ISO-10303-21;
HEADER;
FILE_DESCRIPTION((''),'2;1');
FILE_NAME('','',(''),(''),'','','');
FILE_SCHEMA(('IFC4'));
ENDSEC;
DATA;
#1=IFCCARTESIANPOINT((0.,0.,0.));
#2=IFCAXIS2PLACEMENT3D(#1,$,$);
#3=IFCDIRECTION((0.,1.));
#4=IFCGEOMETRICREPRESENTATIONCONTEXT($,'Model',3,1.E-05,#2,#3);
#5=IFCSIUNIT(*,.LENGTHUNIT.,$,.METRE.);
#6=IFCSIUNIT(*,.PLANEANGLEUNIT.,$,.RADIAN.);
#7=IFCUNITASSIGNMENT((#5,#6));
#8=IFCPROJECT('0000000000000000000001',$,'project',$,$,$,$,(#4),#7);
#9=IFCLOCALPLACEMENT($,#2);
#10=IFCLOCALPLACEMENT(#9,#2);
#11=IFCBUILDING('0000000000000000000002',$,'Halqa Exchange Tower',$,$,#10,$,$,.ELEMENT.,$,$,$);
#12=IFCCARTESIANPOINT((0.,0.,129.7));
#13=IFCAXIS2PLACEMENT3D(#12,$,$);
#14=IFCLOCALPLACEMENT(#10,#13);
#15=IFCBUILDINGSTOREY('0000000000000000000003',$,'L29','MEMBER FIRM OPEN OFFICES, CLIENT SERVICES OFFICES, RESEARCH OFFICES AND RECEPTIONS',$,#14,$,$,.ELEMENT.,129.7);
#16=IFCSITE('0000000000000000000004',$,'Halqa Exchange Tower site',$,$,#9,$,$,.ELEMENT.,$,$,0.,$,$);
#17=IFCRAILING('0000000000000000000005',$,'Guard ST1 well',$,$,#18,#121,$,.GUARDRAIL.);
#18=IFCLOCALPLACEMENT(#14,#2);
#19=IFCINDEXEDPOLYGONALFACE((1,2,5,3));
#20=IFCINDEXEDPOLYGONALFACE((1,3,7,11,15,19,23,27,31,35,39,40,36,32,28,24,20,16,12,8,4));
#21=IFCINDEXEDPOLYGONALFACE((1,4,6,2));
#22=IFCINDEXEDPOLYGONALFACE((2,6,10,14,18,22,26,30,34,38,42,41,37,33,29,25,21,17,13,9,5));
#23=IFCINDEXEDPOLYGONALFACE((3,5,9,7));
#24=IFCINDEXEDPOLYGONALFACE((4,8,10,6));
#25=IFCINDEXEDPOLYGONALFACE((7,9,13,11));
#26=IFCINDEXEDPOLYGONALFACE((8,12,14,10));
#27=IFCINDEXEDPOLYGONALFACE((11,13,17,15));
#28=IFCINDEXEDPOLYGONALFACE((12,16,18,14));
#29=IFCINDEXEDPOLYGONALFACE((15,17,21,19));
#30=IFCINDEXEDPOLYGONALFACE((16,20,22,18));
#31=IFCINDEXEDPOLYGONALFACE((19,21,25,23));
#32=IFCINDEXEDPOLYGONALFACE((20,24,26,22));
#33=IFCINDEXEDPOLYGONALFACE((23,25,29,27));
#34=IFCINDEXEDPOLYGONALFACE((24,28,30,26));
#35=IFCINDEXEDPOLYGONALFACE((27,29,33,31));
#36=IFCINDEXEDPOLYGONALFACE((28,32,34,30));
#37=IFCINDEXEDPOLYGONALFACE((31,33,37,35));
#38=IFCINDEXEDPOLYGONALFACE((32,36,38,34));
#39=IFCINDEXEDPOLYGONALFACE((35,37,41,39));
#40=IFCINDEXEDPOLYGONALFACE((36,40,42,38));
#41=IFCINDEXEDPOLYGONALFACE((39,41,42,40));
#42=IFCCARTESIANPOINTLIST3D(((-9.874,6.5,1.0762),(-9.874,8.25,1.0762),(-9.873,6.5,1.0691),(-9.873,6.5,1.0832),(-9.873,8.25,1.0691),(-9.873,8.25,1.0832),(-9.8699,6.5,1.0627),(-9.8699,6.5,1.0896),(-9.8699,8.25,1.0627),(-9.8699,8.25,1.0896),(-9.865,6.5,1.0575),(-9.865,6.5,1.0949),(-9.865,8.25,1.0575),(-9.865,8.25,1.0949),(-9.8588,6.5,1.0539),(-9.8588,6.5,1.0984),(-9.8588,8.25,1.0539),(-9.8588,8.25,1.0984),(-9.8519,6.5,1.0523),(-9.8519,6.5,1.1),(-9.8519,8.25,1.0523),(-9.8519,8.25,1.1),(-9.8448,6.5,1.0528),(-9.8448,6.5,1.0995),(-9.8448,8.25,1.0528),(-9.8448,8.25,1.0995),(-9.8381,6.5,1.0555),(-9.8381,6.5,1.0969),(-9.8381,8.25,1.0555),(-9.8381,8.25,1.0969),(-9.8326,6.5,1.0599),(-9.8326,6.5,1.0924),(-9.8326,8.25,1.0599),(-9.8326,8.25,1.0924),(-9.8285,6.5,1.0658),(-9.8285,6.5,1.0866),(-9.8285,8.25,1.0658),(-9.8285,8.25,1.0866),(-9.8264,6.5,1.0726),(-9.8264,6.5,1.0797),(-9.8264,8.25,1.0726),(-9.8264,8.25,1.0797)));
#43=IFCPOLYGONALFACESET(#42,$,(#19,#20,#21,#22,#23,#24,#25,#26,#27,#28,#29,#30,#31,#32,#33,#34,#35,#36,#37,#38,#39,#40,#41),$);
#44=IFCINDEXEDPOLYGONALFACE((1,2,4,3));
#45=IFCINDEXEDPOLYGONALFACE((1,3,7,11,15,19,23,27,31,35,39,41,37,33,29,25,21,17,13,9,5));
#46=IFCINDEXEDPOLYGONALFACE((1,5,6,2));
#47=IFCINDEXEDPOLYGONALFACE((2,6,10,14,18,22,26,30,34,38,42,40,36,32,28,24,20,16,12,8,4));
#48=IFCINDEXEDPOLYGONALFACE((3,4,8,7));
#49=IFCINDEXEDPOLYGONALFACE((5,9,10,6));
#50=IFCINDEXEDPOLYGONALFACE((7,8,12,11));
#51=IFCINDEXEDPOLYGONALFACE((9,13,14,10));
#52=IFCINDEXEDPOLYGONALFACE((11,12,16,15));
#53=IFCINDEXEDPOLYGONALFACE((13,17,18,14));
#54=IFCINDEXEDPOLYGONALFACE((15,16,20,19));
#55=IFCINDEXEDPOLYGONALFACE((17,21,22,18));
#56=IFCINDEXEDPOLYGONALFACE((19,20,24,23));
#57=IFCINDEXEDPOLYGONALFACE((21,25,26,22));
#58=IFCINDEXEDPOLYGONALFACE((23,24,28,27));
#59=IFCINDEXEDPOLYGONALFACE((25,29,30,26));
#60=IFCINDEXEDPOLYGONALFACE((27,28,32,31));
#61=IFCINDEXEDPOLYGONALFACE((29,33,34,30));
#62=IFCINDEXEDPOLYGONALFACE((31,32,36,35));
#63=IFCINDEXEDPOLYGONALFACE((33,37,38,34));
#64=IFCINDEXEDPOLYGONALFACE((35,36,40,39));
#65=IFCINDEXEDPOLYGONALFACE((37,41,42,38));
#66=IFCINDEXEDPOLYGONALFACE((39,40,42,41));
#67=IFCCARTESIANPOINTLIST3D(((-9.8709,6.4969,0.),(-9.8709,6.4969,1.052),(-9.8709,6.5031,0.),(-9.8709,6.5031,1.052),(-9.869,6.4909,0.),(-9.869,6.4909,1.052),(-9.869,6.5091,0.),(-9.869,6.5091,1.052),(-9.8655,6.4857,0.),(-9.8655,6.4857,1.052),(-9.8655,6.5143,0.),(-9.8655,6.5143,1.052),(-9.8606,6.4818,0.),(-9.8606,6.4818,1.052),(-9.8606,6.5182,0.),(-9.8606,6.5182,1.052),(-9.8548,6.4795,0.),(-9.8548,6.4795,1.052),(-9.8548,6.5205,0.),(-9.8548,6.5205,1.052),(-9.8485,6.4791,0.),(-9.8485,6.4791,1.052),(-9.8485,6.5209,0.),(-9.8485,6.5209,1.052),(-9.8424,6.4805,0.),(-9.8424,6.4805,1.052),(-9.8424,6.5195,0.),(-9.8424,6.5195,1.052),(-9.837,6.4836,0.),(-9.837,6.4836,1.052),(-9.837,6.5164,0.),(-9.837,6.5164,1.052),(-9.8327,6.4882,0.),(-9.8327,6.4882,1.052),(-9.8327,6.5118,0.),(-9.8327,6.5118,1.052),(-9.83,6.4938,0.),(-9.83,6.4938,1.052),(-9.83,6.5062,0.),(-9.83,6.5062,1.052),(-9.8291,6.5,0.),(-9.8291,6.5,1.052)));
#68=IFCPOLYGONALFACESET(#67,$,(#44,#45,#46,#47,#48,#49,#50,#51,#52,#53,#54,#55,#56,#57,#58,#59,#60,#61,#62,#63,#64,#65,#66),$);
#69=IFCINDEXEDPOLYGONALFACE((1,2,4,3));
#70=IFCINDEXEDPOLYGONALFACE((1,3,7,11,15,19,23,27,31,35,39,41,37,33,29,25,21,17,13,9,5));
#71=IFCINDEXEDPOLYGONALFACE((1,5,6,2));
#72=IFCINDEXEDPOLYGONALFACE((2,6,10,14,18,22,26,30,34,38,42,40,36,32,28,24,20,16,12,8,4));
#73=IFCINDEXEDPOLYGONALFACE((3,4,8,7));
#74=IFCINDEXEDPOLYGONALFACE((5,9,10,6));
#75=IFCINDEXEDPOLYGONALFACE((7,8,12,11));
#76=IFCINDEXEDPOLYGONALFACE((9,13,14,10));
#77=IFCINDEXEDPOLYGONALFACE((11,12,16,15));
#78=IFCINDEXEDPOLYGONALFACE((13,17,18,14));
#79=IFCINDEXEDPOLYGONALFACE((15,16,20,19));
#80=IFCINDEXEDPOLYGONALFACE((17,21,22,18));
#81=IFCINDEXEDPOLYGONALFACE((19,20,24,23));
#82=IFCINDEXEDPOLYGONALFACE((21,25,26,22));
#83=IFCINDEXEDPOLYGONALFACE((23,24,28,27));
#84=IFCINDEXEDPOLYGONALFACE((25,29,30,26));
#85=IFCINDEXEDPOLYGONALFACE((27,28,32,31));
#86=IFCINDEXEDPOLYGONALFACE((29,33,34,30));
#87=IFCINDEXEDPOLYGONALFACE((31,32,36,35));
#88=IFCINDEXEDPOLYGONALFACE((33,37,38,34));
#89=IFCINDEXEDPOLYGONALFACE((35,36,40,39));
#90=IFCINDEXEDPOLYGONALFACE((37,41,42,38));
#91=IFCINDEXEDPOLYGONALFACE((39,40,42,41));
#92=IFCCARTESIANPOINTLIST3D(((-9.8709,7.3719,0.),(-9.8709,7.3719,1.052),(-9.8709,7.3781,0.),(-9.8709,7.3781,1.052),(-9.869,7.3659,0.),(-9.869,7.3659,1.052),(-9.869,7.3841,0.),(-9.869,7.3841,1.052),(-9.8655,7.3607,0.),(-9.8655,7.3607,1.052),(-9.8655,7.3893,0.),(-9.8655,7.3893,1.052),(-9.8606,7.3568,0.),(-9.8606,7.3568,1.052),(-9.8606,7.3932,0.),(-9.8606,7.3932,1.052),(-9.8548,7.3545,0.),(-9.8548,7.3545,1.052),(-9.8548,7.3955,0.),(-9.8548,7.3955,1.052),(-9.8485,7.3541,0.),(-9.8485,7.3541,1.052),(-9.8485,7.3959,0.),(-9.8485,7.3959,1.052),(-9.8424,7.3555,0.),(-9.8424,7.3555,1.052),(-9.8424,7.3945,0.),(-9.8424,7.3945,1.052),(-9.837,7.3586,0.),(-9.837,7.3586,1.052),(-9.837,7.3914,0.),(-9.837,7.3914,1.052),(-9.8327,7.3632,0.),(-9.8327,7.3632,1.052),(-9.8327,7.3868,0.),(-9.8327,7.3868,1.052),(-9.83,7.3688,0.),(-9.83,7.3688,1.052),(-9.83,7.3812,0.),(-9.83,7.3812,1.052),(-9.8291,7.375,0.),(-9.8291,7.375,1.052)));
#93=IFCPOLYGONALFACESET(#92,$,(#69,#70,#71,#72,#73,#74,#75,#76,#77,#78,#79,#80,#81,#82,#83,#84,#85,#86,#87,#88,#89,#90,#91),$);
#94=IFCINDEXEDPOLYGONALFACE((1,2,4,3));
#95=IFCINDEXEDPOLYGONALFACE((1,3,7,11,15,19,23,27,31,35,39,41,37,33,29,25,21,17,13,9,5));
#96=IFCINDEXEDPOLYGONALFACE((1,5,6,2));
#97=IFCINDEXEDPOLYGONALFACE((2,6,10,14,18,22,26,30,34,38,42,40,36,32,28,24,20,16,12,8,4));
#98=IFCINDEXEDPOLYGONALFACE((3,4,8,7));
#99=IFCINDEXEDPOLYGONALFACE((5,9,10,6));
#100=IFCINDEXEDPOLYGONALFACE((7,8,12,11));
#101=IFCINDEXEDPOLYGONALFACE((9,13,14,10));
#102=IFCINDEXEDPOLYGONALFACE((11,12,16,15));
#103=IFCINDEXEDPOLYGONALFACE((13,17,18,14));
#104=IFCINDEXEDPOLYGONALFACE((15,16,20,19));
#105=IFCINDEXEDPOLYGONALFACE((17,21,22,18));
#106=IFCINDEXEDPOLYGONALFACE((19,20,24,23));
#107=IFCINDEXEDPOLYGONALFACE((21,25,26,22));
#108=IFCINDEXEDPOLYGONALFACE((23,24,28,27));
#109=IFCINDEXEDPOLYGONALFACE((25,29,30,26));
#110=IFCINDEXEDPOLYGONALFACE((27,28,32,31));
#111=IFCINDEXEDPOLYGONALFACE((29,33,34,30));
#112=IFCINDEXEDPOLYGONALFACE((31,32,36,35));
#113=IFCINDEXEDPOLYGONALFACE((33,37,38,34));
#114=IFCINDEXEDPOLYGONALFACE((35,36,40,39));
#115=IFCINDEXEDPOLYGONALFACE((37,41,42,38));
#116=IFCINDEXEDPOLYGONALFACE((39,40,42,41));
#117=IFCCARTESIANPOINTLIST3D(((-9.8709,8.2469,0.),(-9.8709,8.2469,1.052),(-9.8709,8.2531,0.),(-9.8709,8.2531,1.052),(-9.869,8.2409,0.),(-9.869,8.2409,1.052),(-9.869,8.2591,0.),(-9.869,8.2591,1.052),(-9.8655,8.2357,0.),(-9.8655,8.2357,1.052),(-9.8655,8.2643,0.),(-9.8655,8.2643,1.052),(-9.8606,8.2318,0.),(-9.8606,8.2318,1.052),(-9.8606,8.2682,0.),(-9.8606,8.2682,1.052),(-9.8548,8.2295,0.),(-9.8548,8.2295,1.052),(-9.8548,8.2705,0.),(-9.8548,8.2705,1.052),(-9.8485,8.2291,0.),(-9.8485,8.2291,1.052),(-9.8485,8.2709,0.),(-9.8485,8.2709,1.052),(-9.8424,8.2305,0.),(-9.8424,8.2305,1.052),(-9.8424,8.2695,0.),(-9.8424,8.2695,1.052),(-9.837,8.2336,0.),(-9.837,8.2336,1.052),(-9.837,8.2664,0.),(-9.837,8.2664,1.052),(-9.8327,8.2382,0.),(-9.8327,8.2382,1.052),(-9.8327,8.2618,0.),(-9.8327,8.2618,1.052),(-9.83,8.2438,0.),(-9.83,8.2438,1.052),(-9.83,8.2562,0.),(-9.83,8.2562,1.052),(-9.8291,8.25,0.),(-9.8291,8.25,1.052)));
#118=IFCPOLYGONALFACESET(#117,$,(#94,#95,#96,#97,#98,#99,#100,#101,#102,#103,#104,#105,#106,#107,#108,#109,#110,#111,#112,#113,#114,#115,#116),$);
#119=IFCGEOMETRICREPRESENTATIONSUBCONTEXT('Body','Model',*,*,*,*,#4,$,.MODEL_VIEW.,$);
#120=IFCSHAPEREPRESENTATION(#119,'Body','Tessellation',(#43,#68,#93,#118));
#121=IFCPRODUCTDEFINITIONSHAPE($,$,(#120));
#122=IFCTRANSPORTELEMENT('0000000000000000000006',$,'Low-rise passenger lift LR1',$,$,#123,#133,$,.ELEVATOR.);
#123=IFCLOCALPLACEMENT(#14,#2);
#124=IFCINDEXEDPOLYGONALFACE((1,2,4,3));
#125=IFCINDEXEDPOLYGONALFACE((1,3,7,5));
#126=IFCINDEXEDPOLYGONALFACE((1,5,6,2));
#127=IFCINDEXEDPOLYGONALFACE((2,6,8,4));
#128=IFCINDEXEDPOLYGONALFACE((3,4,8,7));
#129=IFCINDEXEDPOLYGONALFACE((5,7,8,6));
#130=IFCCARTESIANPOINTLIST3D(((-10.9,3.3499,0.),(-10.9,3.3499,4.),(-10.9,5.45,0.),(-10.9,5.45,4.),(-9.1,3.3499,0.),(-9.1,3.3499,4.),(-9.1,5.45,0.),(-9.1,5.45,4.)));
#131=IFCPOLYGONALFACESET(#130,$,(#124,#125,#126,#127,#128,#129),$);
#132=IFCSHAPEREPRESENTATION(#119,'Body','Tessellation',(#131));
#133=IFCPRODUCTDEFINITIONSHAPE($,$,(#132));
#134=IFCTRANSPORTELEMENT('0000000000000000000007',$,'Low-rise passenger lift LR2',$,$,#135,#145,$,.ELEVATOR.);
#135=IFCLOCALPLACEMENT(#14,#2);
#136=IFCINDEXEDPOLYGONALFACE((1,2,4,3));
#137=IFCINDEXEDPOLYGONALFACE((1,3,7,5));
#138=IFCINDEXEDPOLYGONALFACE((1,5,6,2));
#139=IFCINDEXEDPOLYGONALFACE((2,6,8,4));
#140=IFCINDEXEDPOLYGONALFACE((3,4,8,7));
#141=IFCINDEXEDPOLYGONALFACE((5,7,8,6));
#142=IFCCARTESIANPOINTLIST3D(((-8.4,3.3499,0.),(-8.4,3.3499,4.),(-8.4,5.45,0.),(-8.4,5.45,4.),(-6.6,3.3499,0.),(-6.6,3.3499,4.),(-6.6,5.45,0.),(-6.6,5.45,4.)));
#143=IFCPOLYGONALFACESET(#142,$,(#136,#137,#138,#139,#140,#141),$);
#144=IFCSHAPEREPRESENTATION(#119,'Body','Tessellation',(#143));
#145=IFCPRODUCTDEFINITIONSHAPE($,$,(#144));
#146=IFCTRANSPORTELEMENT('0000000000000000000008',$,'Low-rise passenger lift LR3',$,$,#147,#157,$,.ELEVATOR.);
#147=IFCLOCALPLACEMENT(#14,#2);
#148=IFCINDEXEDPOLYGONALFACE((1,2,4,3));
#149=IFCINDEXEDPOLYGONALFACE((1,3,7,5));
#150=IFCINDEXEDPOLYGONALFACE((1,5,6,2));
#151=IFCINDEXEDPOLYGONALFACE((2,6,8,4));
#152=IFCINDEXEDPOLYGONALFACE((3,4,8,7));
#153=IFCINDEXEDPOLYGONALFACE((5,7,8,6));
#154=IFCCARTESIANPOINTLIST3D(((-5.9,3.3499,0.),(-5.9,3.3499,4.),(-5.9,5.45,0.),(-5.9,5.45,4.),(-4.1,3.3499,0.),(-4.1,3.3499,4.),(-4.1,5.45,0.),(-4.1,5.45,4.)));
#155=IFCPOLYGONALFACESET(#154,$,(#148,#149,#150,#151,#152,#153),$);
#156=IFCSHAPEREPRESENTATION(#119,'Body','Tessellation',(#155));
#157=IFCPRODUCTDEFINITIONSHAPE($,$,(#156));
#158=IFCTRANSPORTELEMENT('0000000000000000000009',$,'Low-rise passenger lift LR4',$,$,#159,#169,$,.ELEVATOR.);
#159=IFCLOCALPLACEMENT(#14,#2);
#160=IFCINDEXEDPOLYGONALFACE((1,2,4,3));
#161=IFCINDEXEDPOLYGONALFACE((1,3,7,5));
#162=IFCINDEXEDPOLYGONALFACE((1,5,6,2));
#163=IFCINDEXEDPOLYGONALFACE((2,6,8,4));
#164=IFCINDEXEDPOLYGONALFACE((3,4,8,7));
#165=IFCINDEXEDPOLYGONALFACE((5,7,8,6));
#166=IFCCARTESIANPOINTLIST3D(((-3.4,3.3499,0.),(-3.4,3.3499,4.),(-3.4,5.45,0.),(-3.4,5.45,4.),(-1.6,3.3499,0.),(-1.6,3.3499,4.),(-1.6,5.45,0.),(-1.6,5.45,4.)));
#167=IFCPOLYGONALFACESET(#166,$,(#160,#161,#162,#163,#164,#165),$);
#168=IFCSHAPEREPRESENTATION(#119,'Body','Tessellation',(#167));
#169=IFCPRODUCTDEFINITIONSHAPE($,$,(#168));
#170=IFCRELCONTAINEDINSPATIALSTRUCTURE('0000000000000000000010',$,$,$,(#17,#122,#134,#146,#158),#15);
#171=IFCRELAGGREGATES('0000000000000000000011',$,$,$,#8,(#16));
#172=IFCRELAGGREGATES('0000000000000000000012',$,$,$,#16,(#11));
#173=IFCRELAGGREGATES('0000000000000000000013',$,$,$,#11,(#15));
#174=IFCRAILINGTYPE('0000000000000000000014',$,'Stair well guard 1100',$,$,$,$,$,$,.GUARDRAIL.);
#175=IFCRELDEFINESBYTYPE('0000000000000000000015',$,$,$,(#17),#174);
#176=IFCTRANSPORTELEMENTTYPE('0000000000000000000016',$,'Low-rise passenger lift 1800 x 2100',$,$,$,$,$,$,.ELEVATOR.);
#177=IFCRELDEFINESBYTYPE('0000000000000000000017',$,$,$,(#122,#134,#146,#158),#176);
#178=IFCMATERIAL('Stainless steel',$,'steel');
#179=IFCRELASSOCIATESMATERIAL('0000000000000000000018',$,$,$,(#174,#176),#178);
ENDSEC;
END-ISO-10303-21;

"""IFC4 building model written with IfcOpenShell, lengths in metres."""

from ifc_helpers import new_model, si_unit, direction, frame, origin, origin_2d, place, context, subcontext, project, spatial, rectangle, circle, extrude, material, type_object, element, save


model = new_model("IFC4")

# Units and contexts
model_context = context("Model", 3, precision=1e-05, world=origin(), true_north=direction((0.0, 1.0)))
body_context = subcontext(model_context, "Body", "Model", "MODEL_VIEW")
ifc_project = project(units=[si_unit("LENGTHUNIT", "METRE"), si_unit("PLANEANGLEUNIT", "RADIAN")], contexts=[model_context])

# Site, building, storey
site_placement = place(None, origin())
site = spatial("IfcSite", under=ifc_project, at=site_placement, Name="Halqa Exchange Tower site", CompositionType="ELEMENT", RefElevation=0.0)
building_placement = place(site_placement, origin())
building = spatial("IfcBuilding", under=site, at=building_placement, Name="Halqa Exchange Tower", CompositionType="ELEMENT")
storey_placement = place(building_placement, frame((0.0, 0.0, 129.7)))
storey = spatial("IfcBuildingStorey", under=building, at=storey_placement, Name="L29", Description="MEMBER FIRM OPEN OFFICES, CLIENT SERVICES OFFICES, RESEARCH OFFICES AND RECEPTIONS", CompositionType="ELEMENT", Elevation=129.7)

# Shared definitions
ifc_material_1 = material(Name="Stainless steel", Category="steel")

# Railing
railing_type_1 = type_object("IfcRailingType", Name="Stair well guard 1100", PredefinedType="GUARDRAIL", material=ifc_material_1)
railing_1_placement = place(storey_placement, frame((-9.8501, 6.5, 0.0)))
element("IfcRailing", 1, at=railing_1_placement, inside=storey, type_object=railing_type_1, Name="Guard ST1 well", PredefinedType="GUARDRAIL", context=body_context, shape_type="SweptSolid", body=[
    extrude(circle(Radius=0.0239, at=origin_2d()), frame((0.0, 0.0, 1.0762), z_axis=(0.0, 1.0, 0.0), x_axis=(-1.0, 0.0, 0.0)), (0.0, 0.0, 1.0), 1.75),
    extrude(circle(Radius=0.021, at=origin_2d()), origin(), (0.0, 0.0, 1.0), 1.052),
    extrude(circle(Radius=0.021, at=origin_2d()), frame((0.0, 0.875, 0.0)), (0.0, 0.0, 1.0), 1.052),
    extrude(circle(Radius=0.021, at=origin_2d()), frame((0.0, 1.75, 0.0)), (0.0, 0.0, 1.0), 1.052),
])

# Transport elements
transport_element_type = type_object("IfcTransportElementType", Name="Low-rise passenger lift 1800 x 2100", PredefinedType="ELEVATOR", material=ifc_material_1)
for number, where, z_axis, x_axis, name in (
    (2, (-10.0, 4.3999, 0.0), (0.0, 0.0, 1.0), (1.0, 0.0, 0.0), "Low-rise passenger lift LR1"),
    (3, (-7.5, 4.3999, 0.0), (0.0, 0.0, 1.0), (1.0, 0.0, 0.0), "Low-rise passenger lift LR2"),
    (4, (-5.0, 4.3999, 0.0), (0.0, 0.0, 1.0), (1.0, 0.0, 0.0), "Low-rise passenger lift LR3"),
    (5, (-2.5, 4.3999, 0.0), (0.0, 0.0, 1.0), (1.0, 0.0, 0.0), "Low-rise passenger lift LR4"),
):
    element("IfcTransportElement", number, at=place(storey_placement, frame(where, z_axis=z_axis, x_axis=x_axis)), inside=storey, type_object=transport_element_type, Name=name, PredefinedType="ELEVATOR", context=body_context, shape_type="SweptSolid", body=[
        extrude(rectangle(XDim=1.8, YDim=2.1001, at=origin_2d()), origin(), (0.0, 0.0, 1.0), 4.0),
    ])

save(model, "model.ifc")
